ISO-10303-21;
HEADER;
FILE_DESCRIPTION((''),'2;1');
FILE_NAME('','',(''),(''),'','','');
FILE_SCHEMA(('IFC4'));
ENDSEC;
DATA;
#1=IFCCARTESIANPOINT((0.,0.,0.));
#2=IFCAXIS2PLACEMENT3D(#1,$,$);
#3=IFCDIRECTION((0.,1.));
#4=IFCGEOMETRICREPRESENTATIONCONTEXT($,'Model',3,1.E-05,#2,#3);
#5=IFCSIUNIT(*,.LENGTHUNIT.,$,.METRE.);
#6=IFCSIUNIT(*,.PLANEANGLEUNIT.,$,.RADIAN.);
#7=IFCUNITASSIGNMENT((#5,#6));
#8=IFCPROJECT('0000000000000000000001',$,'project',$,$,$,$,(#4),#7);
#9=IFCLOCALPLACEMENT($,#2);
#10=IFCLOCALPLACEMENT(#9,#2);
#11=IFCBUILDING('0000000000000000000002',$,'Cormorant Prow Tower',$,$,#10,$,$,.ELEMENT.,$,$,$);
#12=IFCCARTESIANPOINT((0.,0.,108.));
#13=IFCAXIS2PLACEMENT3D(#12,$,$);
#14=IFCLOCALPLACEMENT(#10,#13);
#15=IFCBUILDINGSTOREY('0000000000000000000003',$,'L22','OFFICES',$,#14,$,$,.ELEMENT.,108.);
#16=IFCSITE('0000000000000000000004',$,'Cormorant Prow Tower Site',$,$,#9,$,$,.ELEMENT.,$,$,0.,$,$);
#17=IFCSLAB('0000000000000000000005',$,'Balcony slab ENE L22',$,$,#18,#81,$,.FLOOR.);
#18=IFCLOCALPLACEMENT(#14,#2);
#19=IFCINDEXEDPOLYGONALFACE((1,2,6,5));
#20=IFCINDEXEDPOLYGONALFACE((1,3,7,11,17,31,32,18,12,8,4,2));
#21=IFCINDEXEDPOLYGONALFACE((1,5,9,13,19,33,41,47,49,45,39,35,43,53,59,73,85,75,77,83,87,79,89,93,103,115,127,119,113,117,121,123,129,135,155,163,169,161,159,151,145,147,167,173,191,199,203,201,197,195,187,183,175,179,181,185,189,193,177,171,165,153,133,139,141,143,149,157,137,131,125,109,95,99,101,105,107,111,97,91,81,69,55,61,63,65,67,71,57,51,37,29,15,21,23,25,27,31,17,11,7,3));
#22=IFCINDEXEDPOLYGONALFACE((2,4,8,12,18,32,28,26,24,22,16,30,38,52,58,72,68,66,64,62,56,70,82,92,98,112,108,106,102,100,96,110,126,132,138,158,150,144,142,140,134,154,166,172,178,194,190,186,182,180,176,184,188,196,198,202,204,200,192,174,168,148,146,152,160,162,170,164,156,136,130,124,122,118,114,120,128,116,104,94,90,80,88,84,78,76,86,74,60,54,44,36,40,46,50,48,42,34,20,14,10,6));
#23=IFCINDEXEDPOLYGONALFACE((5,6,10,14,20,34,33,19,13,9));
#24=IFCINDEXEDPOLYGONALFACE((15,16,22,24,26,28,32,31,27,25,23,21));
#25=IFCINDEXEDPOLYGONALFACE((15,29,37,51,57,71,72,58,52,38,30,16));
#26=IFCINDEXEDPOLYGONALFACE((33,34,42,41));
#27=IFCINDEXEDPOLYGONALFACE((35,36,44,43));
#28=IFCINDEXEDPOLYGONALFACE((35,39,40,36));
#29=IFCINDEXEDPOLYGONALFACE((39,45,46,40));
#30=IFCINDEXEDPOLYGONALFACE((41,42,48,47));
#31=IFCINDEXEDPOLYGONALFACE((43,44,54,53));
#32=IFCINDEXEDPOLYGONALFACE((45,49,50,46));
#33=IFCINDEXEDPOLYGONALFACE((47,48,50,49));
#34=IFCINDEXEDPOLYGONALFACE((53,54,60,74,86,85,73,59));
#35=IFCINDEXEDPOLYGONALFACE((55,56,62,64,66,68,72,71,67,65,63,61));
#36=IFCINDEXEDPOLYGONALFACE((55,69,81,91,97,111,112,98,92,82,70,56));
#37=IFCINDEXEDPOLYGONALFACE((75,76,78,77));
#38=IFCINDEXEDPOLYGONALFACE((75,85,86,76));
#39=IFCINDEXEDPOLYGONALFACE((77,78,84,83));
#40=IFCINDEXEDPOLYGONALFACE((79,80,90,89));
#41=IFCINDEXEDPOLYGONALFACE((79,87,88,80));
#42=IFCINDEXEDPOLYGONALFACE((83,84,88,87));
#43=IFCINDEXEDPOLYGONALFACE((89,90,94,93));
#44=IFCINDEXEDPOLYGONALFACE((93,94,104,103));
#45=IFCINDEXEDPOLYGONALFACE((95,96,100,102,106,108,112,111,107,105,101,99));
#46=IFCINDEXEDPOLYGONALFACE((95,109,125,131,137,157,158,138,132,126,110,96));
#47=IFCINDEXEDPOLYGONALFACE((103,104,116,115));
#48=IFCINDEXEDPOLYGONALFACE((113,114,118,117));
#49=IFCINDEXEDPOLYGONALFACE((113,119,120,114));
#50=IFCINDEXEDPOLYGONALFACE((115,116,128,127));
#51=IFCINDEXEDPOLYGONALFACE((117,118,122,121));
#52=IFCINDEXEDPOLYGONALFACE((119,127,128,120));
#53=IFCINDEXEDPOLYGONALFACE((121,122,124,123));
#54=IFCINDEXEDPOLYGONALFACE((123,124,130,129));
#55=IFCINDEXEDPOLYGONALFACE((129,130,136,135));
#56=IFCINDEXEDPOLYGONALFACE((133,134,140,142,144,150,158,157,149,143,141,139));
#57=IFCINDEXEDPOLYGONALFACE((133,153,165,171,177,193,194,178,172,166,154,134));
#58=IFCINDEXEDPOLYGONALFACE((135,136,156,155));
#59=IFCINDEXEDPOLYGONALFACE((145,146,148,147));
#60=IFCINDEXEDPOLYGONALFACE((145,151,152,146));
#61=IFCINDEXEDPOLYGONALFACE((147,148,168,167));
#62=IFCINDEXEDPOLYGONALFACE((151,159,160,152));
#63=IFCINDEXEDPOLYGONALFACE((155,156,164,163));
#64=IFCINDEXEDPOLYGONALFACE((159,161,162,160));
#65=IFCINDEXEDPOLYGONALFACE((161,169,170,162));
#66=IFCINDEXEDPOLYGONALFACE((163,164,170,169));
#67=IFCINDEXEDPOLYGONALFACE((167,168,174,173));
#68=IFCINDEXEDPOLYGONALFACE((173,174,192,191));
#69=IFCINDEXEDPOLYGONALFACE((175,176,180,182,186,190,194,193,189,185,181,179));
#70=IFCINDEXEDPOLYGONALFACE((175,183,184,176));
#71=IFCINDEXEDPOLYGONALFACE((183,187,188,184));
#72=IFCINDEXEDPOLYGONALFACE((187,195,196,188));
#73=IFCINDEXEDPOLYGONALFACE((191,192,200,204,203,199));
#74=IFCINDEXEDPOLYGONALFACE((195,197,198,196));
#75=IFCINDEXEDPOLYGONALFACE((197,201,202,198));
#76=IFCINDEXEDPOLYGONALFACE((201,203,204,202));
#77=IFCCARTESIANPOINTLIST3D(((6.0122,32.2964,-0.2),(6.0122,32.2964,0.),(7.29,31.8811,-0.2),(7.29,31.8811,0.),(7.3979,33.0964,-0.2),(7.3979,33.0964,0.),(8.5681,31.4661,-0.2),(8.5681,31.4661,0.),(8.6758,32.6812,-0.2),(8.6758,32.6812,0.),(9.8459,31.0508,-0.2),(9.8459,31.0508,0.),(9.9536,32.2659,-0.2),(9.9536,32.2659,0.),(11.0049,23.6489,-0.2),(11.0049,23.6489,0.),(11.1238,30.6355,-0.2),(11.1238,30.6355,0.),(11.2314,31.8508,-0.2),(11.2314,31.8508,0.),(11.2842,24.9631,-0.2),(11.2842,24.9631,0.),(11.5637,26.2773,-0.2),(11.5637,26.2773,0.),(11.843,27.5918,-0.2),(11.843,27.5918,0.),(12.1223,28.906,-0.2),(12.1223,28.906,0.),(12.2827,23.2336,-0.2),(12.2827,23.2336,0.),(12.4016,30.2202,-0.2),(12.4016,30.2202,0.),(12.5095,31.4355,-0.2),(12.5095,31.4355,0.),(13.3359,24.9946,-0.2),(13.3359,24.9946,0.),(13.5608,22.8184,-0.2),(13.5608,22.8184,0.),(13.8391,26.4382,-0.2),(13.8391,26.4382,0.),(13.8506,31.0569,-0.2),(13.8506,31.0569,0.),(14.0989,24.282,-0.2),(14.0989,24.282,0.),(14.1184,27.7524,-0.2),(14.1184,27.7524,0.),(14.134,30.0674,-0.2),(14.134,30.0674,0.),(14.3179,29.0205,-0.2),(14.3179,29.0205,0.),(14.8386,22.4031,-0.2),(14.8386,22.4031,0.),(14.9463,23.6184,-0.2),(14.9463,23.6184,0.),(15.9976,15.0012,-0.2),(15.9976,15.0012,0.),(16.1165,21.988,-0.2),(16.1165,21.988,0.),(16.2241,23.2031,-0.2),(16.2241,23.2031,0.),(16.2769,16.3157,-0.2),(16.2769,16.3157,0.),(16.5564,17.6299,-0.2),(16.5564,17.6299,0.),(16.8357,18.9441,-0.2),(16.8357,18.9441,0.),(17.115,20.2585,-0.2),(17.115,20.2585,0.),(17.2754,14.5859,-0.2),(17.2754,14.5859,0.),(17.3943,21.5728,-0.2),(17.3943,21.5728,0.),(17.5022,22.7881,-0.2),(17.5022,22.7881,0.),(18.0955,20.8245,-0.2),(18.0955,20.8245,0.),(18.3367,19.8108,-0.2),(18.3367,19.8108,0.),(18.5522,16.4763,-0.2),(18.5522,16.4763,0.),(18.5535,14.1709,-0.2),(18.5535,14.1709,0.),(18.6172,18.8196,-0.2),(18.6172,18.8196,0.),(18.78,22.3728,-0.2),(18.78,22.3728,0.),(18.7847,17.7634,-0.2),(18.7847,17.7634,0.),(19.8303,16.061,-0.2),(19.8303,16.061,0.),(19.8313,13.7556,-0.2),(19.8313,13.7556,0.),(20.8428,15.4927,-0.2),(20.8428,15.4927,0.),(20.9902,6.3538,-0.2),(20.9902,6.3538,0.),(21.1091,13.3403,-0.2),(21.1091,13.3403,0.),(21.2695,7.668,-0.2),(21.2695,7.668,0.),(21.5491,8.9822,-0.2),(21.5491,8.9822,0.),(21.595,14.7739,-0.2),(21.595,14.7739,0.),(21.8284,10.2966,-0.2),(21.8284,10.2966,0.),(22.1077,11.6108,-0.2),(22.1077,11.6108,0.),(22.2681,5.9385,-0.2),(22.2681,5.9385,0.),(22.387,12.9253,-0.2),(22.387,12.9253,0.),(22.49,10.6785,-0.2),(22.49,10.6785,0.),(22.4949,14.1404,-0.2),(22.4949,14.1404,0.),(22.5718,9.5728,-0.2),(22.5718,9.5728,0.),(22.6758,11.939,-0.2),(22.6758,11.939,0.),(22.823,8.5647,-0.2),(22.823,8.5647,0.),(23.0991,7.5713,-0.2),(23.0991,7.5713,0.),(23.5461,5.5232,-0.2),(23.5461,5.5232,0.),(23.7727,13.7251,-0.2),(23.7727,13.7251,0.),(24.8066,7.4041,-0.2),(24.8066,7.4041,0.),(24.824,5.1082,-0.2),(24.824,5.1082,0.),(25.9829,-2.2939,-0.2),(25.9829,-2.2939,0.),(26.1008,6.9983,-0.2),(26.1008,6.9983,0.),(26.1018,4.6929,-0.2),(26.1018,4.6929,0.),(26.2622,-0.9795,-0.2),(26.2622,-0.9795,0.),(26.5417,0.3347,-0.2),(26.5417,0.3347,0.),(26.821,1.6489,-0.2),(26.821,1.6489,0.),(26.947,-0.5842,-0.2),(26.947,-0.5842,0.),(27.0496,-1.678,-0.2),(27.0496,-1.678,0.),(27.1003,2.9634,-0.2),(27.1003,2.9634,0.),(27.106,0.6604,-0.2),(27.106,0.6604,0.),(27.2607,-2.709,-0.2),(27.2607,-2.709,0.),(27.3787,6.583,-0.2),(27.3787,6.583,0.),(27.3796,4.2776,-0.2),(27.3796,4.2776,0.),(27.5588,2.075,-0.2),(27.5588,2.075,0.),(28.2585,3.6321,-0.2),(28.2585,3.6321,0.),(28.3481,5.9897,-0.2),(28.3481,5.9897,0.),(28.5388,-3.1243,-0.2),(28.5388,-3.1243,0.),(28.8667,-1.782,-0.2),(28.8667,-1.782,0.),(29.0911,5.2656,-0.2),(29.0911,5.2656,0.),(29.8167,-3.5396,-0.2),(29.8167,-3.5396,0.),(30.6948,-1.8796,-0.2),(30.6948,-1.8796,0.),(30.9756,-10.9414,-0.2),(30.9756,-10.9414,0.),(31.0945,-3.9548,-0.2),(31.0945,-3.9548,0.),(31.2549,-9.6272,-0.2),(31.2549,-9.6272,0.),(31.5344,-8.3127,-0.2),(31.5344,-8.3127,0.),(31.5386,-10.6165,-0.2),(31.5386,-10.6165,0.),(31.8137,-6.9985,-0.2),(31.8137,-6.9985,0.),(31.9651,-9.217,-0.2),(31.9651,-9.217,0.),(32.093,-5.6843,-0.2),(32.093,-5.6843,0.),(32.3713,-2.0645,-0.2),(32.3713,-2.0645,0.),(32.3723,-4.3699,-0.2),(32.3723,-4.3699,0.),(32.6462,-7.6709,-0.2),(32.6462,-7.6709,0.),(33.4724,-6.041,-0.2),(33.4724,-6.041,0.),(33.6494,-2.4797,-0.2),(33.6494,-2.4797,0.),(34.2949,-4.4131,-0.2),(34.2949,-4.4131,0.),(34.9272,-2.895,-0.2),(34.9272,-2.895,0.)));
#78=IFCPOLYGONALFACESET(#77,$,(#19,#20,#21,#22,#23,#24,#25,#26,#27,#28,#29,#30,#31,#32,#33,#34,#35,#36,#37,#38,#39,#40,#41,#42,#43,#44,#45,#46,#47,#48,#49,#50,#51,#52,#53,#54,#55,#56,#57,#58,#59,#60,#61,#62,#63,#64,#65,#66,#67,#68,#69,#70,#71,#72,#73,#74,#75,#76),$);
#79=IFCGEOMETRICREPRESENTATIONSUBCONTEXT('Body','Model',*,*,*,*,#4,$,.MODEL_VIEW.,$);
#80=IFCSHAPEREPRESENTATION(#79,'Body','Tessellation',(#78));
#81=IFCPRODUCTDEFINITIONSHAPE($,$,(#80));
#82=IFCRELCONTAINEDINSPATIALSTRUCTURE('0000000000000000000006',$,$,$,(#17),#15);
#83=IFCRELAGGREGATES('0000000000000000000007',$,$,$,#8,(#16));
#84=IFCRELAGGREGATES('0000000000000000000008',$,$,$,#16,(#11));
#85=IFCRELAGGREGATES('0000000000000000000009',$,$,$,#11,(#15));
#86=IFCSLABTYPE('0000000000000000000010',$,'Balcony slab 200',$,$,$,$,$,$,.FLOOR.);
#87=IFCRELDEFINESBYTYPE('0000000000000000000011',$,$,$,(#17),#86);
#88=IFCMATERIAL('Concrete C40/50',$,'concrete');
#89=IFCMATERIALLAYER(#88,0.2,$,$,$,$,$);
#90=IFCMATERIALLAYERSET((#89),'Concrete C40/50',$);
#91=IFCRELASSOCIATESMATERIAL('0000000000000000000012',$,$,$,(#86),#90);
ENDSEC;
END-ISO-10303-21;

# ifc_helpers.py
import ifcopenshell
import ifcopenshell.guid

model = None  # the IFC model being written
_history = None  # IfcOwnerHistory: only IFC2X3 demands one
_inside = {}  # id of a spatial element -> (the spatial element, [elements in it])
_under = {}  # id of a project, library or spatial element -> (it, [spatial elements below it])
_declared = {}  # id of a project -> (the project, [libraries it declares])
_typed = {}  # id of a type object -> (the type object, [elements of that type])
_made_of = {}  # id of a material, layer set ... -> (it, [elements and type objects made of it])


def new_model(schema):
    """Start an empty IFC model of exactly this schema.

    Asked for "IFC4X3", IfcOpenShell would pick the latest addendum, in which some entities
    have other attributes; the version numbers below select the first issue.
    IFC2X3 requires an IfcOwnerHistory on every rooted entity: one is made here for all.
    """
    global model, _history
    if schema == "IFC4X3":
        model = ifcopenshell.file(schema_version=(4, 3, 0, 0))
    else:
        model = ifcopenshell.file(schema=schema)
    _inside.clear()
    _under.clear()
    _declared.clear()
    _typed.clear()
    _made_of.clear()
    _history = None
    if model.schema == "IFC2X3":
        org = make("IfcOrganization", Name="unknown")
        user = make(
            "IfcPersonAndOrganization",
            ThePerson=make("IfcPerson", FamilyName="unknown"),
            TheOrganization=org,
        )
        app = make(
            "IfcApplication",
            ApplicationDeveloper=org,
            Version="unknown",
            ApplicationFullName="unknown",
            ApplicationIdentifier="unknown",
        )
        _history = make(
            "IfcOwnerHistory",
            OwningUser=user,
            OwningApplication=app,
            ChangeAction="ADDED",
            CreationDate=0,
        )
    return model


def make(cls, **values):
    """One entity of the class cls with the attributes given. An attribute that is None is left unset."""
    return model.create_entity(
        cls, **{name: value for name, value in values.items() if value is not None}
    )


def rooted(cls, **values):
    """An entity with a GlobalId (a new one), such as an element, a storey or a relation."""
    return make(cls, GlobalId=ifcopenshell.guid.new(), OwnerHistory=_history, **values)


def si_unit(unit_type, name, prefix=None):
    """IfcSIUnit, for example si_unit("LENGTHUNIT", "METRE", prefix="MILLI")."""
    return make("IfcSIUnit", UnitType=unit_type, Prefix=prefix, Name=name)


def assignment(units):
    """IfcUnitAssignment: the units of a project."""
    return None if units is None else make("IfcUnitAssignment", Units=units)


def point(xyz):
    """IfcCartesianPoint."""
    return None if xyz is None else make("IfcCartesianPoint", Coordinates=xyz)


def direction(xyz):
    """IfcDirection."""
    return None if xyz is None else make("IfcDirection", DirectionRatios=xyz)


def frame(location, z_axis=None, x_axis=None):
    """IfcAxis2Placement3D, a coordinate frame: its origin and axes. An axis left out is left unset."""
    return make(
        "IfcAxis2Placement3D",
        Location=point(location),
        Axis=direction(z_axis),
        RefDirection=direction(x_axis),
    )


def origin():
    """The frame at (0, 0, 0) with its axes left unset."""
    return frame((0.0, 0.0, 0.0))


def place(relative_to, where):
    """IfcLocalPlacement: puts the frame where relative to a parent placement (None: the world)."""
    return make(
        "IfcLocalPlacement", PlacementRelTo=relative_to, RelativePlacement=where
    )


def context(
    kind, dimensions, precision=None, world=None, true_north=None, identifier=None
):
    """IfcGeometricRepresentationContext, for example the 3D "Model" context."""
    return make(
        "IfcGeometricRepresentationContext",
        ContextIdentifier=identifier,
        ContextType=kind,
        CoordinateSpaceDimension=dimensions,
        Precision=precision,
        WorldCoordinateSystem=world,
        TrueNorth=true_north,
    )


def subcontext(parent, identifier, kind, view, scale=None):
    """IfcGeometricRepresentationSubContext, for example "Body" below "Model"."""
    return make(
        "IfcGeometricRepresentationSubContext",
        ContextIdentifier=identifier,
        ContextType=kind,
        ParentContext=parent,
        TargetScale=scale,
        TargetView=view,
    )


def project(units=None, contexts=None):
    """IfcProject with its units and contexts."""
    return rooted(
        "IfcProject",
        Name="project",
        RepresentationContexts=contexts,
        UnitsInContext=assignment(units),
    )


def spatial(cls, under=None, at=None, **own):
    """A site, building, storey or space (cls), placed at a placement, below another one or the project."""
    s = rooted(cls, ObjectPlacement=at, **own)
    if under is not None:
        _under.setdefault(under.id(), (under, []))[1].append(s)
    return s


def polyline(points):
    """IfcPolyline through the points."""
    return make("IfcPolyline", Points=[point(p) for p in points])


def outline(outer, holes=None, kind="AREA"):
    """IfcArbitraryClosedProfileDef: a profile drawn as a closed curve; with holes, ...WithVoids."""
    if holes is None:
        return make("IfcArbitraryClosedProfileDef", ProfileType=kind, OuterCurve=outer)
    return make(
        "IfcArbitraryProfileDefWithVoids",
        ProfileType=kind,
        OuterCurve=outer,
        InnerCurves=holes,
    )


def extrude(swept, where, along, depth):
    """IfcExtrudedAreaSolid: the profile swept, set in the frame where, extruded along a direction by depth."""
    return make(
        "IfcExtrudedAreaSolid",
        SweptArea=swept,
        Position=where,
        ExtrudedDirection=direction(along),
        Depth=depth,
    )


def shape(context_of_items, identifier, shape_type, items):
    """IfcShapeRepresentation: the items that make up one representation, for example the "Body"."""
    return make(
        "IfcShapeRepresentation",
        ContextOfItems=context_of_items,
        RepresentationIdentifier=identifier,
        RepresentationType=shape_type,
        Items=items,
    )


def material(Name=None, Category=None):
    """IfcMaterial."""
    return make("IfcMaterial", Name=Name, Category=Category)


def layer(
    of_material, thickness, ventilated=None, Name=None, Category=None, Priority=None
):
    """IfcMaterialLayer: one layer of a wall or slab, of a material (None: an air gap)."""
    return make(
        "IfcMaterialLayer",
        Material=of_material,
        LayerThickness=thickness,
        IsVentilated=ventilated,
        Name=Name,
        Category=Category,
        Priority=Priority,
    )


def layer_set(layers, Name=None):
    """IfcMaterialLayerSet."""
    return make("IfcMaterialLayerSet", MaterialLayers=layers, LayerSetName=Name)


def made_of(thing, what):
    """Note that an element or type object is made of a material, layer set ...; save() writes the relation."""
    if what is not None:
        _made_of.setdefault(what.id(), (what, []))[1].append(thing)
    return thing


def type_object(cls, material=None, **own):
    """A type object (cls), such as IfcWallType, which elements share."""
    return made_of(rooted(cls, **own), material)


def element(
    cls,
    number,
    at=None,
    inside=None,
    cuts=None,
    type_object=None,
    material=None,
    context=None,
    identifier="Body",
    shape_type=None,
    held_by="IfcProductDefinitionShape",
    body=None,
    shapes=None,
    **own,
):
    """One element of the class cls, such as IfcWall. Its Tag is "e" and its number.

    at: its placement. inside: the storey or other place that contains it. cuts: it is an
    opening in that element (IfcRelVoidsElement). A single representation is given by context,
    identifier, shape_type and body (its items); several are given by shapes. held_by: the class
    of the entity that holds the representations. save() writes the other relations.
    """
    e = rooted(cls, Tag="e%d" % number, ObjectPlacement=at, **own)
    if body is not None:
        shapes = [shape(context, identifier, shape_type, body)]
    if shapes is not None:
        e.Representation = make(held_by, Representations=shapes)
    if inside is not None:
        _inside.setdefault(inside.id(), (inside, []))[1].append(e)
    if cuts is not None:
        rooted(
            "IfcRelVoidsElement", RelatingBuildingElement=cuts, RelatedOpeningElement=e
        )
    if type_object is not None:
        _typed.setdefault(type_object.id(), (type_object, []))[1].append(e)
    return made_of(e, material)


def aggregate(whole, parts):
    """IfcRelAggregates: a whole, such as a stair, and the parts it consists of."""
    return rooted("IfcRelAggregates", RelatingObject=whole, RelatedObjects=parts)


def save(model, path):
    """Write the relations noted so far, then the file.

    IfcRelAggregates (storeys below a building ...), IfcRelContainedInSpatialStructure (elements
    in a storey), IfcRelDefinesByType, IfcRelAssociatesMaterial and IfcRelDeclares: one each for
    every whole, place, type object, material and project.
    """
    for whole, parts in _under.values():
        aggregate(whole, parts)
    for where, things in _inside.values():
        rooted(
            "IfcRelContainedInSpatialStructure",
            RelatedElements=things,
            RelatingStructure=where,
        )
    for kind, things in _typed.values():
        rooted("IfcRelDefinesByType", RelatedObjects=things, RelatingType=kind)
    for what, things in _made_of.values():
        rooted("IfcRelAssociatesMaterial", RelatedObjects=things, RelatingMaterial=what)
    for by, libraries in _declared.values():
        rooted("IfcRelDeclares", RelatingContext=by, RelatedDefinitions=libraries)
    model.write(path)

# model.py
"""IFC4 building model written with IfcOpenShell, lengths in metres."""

from ifc_helpers import new_model, si_unit, direction, frame, origin, place, context, subcontext, project, spatial, polyline, outline, extrude, material, layer, layer_set, type_object, element, save


model = new_model("IFC4")

# Units and contexts
model_context = context("Model", 3, precision=1e-05, world=origin(), true_north=direction((0.0, 1.0)))
body_context = subcontext(model_context, "Body", "Model", "MODEL_VIEW")
ifc_project = project(units=[si_unit("LENGTHUNIT", "METRE"), si_unit("PLANEANGLEUNIT", "RADIAN")], contexts=[model_context])

# Site, building, storey
site_placement = place(None, origin())
site = spatial("IfcSite", under=ifc_project, at=site_placement, Name="Cormorant Prow Tower Site", CompositionType="ELEMENT", RefElevation=0.0)
building_placement = place(site_placement, origin())
building = spatial("IfcBuilding", under=site, at=building_placement, Name="Cormorant Prow Tower", CompositionType="ELEMENT")
storey_placement = place(building_placement, frame((0.0, 0.0, 108.0)))
storey = spatial("IfcBuildingStorey", under=building, at=storey_placement, Name="L22", Description="OFFICES", CompositionType="ELEMENT", Elevation=108.0)

# Slab
ifc_material_1 = material(Name="Concrete C40/50", Category="concrete")
ifc_layer_1 = layer(ifc_material_1, 0.2)
ifc_layer_set_1 = layer_set([ifc_layer_1], Name="Concrete C40/50")
slab_type_1 = type_object("IfcSlabType", Name="Balcony slab 200", PredefinedType="FLOOR", material=ifc_layer_set_1)
slab_1_placement = place(storey_placement, frame((0.0, 0.0, -0.2)))
element("IfcSlab", 1, at=slab_1_placement, inside=storey, type_object=slab_type_1, Name="Balcony slab ENE L22", PredefinedType="FLOOR", context=body_context, shape_type="SweptSolid", body=[
    extrude(outline(polyline([(30.9756, -10.9414), (31.5386, -10.6165), (31.9651, -9.217), (32.6462, -7.6709), (33.4724, -6.041), (34.2949, -4.4131), (34.9272, -2.895), (33.6494, -2.4797), (32.3713, -2.0645), (30.6948, -1.8796), (28.8667, -1.782), (27.0496, -1.678), (26.947, -0.5842), (27.106, 0.6604), (27.5588, 2.075), (28.2585, 3.6321), (29.0911, 5.2656), (28.3481, 5.9897), (27.3787, 6.583), (26.1008, 6.9983), (24.8066, 7.4041), (23.0991, 7.5713), (22.823, 8.5647), (22.5718, 9.5728), (22.49, 10.6785), (22.6758, 11.939), (23.7727, 13.7251), (22.4949, 14.1404), (21.595, 14.7739), (20.8428, 15.4927), (19.8303, 16.061), (18.5522, 16.4763), (18.7847, 17.7634), (18.6172, 18.8196), (18.3367, 19.8108), (18.0955, 20.8245), (18.78, 22.3728), (17.5022, 22.7881), (16.2241, 23.2031), (14.9463, 23.6184), (14.0989, 24.282), (13.3359, 24.9946), (13.8391, 26.4382), (14.1184, 27.7524), (14.3179, 29.0205), (14.134, 30.0674), (13.8506, 31.0569), (12.5095, 31.4355), (11.2314, 31.8508), (9.9536, 32.2659), (8.6758, 32.6812), (7.3979, 33.0964), (6.0122, 32.2964), (7.29, 31.8811), (8.5681, 31.4661), (9.8459, 31.0508), (11.1238, 30.6355), (12.4016, 30.2202), (12.1223, 28.906), (11.843, 27.5918), (11.5637, 26.2773), (11.2842, 24.9631), (11.0049, 23.6489), (12.2827, 23.2336), (13.5608, 22.8184), (14.8386, 22.4031), (16.1165, 21.988), (17.3943, 21.5728), (17.115, 20.2585), (16.8357, 18.9441), (16.5564, 17.6299), (16.2769, 16.3157), (15.9976, 15.0012), (17.2754, 14.5859), (18.5535, 14.1709), (19.8313, 13.7556), (21.1091, 13.3403), (22.387, 12.9253), (22.1077, 11.6108), (21.8284, 10.2966), (21.5491, 8.9822), (21.2695, 7.668), (20.9902, 6.3538), (22.2681, 5.9385), (23.5461, 5.5232), (24.824, 5.1082), (26.1018, 4.6929), (27.3796, 4.2776), (27.1003, 2.9634), (26.821, 1.6489), (26.5417, 0.3347), (26.2622, -0.9795), (25.9829, -2.2939), (27.2607, -2.709), (28.5388, -3.1243), (29.8167, -3.5396), (31.0945, -3.9548), (32.3723, -4.3699), (32.093, -5.6843), (31.8137, -6.9985), (31.5344, -8.3127), (31.2549, -9.6272), (30.9756, -10.9414)])), origin(), (0.0, 0.0, 1.0), 0.2),
])

save(model, "model.ifc")
